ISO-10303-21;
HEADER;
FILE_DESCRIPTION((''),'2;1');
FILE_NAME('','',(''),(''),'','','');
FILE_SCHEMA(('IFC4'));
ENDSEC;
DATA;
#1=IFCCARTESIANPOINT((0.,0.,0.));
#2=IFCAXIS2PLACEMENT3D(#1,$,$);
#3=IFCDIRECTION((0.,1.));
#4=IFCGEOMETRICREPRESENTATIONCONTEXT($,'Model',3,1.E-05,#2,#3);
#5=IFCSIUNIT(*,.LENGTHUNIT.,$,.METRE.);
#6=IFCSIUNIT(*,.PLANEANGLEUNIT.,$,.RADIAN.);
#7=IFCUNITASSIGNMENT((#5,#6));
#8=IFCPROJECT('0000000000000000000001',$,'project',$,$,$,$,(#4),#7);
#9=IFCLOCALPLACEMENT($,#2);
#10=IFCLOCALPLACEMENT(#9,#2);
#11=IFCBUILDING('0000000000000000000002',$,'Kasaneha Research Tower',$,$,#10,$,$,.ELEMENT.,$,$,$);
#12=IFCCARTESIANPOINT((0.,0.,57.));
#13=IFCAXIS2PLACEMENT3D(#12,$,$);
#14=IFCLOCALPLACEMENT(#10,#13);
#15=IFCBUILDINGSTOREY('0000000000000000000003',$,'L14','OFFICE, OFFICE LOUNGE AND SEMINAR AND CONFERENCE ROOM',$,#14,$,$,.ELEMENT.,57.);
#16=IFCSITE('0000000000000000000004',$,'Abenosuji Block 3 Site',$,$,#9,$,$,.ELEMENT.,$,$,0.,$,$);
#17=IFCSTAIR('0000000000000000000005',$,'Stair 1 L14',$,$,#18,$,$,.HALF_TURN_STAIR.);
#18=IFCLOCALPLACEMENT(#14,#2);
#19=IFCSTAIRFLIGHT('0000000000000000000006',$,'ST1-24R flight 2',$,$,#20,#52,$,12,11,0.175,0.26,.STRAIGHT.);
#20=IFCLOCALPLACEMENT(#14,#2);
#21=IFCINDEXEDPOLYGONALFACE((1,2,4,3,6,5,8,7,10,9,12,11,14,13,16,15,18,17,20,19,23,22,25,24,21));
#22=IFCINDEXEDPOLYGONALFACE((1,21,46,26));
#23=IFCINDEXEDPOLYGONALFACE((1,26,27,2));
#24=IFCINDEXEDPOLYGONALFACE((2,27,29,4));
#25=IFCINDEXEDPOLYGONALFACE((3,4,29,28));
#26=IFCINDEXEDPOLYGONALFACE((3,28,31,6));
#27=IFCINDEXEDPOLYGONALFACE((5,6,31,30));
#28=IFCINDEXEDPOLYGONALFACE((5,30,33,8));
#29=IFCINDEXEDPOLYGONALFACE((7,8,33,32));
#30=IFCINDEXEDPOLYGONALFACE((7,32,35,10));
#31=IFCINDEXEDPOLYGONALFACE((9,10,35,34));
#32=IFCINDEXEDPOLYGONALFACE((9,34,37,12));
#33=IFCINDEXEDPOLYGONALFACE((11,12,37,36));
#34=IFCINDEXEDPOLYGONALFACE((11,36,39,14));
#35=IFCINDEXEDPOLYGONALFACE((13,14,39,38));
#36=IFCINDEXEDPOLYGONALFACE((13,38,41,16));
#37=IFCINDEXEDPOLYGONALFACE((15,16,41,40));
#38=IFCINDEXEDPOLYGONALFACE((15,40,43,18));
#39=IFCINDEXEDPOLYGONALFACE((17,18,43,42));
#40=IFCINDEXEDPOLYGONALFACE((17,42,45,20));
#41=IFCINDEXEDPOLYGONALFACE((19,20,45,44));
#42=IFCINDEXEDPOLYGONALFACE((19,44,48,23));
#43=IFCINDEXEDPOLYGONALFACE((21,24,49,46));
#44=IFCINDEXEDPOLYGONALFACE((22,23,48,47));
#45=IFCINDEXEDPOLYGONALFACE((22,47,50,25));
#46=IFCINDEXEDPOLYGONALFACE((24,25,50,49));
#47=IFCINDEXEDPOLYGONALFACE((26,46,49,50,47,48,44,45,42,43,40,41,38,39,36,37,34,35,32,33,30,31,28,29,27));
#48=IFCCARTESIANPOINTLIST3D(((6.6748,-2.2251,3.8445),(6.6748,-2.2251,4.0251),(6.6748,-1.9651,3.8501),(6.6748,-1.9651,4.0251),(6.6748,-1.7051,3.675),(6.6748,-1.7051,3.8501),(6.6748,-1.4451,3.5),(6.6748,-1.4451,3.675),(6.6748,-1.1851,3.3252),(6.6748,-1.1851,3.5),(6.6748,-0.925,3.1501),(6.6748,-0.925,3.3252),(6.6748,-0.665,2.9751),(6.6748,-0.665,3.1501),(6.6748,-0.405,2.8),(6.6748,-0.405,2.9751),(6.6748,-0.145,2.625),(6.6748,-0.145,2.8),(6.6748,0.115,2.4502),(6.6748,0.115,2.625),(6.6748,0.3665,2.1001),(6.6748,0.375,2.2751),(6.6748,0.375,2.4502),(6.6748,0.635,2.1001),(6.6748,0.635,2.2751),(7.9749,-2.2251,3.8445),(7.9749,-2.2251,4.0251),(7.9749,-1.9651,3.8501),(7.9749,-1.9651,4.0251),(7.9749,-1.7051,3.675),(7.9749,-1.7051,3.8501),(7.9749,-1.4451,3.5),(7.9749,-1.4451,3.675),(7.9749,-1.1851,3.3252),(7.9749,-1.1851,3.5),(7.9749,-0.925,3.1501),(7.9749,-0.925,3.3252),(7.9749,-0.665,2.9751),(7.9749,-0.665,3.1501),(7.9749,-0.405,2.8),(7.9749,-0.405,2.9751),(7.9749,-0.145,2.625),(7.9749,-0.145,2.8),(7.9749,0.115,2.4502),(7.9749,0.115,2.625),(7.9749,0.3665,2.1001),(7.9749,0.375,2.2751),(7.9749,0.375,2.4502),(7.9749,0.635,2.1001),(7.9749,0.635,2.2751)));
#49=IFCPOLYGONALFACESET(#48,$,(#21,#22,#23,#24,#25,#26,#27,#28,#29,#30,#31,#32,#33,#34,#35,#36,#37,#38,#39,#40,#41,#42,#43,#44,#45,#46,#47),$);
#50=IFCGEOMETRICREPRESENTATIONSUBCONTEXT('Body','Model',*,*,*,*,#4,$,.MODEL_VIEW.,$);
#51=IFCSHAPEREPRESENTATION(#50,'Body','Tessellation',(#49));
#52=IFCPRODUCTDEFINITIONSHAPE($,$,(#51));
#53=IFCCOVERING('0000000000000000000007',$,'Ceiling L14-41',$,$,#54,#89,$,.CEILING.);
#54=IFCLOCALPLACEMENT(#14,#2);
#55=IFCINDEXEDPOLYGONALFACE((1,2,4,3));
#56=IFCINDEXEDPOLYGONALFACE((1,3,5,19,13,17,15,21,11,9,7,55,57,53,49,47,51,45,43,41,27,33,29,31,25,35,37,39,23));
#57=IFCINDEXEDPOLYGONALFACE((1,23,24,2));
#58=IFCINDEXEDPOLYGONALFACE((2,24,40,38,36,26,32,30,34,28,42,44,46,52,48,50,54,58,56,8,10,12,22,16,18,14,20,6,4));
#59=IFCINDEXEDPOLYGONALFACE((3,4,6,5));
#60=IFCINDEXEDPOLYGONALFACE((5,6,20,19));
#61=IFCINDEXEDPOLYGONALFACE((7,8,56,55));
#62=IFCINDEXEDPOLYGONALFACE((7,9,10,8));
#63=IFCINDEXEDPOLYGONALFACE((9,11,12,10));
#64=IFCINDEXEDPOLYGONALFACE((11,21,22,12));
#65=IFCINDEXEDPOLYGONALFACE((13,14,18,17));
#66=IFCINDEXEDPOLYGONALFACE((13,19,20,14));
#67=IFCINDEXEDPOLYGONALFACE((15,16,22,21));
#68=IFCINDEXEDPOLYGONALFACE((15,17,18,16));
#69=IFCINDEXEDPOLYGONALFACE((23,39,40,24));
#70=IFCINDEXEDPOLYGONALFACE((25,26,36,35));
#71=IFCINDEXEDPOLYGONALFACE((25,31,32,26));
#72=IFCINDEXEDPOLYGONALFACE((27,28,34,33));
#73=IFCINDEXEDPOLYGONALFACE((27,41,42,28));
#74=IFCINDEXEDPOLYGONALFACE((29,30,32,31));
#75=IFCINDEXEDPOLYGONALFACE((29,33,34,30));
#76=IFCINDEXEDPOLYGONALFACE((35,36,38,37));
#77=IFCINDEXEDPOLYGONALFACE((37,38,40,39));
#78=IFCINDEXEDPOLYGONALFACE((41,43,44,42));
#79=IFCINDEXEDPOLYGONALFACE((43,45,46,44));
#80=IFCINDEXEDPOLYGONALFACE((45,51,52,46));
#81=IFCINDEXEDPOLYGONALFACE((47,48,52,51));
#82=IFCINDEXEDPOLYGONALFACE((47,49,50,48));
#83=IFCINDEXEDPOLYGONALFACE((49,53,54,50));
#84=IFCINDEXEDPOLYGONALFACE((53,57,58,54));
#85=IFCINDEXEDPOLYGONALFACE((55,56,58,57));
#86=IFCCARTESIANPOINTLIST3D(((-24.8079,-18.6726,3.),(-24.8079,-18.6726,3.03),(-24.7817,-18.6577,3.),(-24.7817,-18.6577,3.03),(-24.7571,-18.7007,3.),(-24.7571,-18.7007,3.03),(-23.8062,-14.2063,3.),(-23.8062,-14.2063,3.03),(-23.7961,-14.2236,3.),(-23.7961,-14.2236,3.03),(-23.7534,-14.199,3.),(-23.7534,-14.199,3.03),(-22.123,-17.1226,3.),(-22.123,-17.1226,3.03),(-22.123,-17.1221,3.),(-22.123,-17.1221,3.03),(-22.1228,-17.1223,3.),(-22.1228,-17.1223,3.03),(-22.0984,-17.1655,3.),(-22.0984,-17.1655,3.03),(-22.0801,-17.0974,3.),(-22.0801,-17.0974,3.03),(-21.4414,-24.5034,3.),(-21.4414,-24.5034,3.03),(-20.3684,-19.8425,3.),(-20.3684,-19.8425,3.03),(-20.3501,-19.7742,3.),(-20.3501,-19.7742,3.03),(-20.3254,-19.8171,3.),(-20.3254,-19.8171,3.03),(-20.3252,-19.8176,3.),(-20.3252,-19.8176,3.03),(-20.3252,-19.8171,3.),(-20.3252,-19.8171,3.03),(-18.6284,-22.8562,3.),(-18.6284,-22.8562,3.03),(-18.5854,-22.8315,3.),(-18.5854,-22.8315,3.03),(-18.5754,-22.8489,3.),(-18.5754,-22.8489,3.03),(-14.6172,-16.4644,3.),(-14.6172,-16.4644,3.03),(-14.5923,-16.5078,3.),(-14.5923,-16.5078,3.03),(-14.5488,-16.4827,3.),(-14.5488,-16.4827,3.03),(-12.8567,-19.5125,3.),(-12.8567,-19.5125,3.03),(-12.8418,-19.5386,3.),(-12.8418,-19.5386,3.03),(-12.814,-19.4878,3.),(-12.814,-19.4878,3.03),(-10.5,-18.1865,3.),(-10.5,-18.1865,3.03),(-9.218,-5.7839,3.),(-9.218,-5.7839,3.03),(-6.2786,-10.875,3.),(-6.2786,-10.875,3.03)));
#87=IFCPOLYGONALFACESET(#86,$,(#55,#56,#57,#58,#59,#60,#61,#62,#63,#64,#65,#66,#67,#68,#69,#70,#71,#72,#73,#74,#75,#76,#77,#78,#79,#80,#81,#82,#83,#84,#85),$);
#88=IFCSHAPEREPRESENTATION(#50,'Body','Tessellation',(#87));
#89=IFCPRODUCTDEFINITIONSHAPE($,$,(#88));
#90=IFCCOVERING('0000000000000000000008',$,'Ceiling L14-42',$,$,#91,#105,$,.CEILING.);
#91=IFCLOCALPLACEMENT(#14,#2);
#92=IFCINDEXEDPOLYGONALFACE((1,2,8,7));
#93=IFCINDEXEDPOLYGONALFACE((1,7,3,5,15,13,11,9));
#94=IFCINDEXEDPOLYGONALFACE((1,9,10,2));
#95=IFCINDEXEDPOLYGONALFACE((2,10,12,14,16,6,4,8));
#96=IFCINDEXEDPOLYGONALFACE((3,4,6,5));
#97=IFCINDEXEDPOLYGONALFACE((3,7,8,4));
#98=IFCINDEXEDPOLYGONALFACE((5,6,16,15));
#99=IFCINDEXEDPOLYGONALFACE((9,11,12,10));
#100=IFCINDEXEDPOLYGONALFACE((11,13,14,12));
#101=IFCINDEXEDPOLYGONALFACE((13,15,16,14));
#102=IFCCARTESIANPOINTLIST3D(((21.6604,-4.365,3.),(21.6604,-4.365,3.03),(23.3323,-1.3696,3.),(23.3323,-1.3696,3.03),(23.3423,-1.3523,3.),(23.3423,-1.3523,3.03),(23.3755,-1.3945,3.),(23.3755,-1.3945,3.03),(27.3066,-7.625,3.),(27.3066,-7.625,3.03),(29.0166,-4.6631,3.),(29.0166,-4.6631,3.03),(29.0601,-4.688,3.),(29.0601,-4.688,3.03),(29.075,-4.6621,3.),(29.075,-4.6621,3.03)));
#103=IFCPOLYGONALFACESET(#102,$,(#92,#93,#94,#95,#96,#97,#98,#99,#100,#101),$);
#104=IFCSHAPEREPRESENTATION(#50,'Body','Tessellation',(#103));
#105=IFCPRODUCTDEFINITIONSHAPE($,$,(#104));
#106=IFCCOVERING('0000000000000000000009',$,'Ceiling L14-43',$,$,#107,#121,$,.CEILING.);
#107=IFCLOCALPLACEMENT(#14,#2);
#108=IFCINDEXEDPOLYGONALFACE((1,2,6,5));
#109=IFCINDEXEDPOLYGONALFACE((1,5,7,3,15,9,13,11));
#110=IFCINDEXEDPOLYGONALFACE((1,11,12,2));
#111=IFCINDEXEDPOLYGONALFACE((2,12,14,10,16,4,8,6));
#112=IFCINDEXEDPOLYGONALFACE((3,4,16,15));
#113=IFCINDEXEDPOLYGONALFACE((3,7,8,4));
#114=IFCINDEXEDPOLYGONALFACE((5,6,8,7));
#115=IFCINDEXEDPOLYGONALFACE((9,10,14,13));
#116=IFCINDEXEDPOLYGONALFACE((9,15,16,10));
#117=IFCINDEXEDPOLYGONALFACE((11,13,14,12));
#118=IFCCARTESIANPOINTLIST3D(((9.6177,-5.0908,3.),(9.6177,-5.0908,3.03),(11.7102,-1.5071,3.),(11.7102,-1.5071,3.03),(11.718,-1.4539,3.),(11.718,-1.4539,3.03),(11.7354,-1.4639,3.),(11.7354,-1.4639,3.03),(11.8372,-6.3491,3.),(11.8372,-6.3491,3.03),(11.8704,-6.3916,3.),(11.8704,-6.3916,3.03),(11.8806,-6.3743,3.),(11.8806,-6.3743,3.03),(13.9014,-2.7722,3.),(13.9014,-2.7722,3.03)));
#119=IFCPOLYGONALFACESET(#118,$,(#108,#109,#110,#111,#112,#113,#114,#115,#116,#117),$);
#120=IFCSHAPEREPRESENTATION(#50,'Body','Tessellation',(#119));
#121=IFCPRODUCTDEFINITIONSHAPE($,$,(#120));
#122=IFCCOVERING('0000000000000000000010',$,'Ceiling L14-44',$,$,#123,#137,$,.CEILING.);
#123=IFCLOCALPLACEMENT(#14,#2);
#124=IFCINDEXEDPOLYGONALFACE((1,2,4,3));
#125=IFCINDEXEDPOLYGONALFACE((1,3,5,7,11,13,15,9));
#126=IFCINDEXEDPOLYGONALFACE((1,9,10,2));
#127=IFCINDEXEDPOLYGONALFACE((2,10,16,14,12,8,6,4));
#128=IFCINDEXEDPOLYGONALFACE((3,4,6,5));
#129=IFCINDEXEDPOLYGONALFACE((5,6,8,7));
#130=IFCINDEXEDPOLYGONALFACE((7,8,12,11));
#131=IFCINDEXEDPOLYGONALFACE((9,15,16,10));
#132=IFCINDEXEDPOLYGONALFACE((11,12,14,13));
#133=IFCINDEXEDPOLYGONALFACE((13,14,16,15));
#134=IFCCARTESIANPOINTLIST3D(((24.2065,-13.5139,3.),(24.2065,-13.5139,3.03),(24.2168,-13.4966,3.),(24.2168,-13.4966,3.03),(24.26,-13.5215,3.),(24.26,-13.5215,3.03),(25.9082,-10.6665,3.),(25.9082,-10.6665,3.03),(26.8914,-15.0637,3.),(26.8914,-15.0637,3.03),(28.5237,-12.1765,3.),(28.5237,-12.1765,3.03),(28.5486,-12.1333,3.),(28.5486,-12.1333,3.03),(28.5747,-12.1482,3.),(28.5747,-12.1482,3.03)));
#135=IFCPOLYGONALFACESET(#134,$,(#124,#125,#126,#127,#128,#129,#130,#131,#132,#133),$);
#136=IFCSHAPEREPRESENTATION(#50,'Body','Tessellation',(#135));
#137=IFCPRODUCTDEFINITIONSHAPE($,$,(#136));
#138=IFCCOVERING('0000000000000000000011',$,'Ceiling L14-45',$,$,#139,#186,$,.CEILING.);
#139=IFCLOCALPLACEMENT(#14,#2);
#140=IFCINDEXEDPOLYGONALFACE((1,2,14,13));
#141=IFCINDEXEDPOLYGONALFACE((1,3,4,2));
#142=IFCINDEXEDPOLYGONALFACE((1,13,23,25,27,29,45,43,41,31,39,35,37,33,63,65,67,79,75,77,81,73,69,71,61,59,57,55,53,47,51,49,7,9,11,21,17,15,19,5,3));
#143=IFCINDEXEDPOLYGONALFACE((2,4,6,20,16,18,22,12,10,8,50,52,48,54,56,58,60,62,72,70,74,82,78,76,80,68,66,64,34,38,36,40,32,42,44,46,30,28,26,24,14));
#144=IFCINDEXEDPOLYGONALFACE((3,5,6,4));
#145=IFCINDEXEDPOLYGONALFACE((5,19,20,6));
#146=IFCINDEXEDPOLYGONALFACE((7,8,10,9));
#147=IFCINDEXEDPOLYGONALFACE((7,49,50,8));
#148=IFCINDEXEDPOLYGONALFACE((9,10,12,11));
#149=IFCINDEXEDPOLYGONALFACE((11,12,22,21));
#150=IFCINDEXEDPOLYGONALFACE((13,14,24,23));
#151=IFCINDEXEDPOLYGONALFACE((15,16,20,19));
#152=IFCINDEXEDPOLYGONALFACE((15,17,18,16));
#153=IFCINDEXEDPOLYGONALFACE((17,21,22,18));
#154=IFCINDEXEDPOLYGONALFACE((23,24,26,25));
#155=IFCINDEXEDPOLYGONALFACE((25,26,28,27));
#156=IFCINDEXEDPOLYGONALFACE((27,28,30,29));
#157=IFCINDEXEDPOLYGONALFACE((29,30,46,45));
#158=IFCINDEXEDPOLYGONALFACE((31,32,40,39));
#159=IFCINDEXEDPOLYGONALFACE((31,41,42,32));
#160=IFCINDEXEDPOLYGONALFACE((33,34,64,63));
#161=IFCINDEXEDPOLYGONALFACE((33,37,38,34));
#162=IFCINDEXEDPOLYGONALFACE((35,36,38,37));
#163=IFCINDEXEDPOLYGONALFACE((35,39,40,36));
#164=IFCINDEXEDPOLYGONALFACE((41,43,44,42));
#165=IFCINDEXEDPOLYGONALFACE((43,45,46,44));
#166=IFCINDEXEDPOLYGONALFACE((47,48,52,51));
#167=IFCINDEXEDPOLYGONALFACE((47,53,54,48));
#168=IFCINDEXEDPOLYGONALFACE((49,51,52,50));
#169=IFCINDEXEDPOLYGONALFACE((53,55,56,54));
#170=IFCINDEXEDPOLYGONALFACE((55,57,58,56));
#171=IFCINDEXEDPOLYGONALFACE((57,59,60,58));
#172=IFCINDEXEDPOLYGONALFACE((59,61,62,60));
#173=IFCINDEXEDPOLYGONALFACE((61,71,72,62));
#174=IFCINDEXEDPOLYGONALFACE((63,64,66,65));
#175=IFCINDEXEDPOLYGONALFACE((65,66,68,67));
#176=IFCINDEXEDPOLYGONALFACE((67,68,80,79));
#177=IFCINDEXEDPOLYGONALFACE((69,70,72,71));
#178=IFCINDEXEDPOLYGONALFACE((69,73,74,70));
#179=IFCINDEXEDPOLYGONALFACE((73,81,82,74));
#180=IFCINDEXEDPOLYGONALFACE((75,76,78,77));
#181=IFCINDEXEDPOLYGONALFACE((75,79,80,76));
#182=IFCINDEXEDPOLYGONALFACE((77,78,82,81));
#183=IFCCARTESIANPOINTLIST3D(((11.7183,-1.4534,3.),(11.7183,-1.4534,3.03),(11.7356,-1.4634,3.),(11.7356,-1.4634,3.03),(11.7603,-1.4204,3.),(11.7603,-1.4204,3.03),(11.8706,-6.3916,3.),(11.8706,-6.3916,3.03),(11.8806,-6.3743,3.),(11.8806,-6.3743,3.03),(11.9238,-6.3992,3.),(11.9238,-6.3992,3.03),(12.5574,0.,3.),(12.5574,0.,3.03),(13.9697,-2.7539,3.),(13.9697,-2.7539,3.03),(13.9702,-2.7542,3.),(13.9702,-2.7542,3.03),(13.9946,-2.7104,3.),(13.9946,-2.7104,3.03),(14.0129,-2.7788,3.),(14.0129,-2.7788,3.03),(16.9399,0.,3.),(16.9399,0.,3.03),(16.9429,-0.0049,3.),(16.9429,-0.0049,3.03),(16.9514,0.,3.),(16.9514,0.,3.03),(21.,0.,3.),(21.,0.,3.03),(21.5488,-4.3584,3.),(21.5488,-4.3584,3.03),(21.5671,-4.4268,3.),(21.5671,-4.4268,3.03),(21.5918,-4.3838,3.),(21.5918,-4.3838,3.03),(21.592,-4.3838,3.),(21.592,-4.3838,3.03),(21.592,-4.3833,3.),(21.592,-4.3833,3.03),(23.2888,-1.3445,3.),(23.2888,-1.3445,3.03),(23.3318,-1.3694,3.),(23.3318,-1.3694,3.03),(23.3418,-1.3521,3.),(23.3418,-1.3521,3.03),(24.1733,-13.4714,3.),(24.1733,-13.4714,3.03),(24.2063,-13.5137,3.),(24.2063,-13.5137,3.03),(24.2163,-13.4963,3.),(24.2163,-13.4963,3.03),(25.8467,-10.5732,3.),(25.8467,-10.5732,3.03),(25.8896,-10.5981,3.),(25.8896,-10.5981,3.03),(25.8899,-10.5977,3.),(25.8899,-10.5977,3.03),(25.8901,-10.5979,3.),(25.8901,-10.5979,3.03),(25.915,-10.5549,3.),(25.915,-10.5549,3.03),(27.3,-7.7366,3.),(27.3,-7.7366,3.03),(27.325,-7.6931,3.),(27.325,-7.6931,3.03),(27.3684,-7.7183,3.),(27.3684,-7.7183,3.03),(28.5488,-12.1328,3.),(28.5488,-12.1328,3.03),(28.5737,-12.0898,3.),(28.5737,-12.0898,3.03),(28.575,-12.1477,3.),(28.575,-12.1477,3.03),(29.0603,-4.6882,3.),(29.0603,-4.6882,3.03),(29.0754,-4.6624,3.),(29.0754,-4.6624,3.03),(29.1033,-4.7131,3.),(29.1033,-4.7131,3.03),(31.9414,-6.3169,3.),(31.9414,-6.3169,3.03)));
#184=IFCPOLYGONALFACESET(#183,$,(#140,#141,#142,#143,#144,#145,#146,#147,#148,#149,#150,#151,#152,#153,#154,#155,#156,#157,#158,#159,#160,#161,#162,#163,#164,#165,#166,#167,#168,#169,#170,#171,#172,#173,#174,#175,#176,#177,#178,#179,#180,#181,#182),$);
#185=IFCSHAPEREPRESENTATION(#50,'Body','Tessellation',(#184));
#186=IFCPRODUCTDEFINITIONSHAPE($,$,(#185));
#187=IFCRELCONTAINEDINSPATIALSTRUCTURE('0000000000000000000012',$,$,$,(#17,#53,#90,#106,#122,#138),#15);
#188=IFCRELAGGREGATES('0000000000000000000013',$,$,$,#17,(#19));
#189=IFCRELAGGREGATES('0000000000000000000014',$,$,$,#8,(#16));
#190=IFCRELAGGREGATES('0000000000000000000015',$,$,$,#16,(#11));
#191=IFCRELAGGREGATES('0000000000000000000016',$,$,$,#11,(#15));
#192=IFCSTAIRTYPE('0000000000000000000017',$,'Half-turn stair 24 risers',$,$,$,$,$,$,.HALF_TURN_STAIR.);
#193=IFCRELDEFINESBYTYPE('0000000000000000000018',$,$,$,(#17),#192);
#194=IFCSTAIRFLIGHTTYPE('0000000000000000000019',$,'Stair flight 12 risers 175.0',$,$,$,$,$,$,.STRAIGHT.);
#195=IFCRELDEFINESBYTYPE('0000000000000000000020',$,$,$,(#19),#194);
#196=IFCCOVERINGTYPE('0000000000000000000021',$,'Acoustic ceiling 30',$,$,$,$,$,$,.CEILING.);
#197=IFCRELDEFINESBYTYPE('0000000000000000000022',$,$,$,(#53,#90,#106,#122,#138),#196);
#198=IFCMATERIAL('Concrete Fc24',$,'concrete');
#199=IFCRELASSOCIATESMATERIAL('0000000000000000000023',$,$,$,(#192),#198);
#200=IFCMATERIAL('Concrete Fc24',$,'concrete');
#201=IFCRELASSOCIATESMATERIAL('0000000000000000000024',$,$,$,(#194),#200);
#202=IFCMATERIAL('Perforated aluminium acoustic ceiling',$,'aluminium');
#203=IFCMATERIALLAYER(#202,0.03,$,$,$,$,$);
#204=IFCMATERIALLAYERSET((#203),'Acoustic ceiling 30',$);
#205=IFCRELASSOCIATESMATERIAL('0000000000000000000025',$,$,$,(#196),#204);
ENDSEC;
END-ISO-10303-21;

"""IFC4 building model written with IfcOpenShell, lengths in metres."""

from ifc_helpers import new_model, si_unit, direction, frame, origin, place, context, subcontext, project, spatial, polyline, outline, extrude, material, layer, layer_set, type_object, element, aggregate, save


model = new_model("IFC4")

# Units and contexts
model_context = context("Model", 3, precision=1e-05, world=origin(), true_north=direction((0.0, 1.0)))
body_context = subcontext(model_context, "Body", "Model", "MODEL_VIEW")
ifc_project = project(units=[si_unit("LENGTHUNIT", "METRE"), si_unit("PLANEANGLEUNIT", "RADIAN")], contexts=[model_context])

# Site, building, storey
site_placement = place(None, origin())
site = spatial("IfcSite", under=ifc_project, at=site_placement, Name="Abenosuji Block 3 Site", CompositionType="ELEMENT", RefElevation=0.0)
building_placement = place(site_placement, origin())
building = spatial("IfcBuilding", under=site, at=building_placement, Name="Kasaneha Research Tower", CompositionType="ELEMENT")
storey_placement = place(building_placement, frame((0.0, 0.0, 57.0)))
storey = spatial("IfcBuildingStorey", under=building, at=storey_placement, Name="L14", Description="OFFICE, OFFICE LOUNGE AND SEMINAR AND CONFERENCE ROOM", CompositionType="ELEMENT", Elevation=57.0)

# Stair
ifc_material_1 = material(Name="Concrete Fc24", Category="concrete")
stair_type = type_object("IfcStairType", Name="Half-turn stair 24 risers", PredefinedType="HALF_TURN_STAIR", material=ifc_material_1)
stair_1_placement = place(storey_placement, origin())
stair_1 = element("IfcStair", 1, at=stair_1_placement, inside=storey, type_object=stair_type, Name="Stair 1 L14", PredefinedType="HALF_TURN_STAIR")

# Stair flight
ifc_material_2 = material(Name="Concrete Fc24", Category="concrete")
stair_flight_type = type_object("IfcStairFlightType", Name="Stair flight 12 risers 175.0", PredefinedType="STRAIGHT", material=ifc_material_2)
stair_flight_placement = place(storey_placement, frame((7.325, 0.635, 2.1001), z_axis=(0.0, 0.0, 1.0), x_axis=(0.0, -1.0, 0.0)))
stair_flight = element("IfcStairFlight", 2, at=stair_flight_placement, type_object=stair_flight_type, Name="ST1-24R flight 2", NumberOfRisers=12, NumberOfTreads=11, PredefinedType="STRAIGHT", RiserHeight=0.175, TreadLength=0.26, context=body_context, shape_type="SweptSolid", body=[
    extrude(outline(polyline([(0.0, 0.0), (0.0, 0.175), (0.26, 0.175), (0.26, 0.3501), (0.52, 0.3501), (0.52, 0.5249), (0.78, 0.5249), (0.78, 0.7), (1.04, 0.7), (1.04, 0.875), (1.3, 0.875), (1.3, 1.05), (1.5601, 1.05), (1.5601, 1.2251), (1.8201, 1.2251), (1.8201, 1.3999), (2.0801, 1.3999), (2.0801, 1.575), (2.3401, 1.575), (2.3401, 1.75), (2.6001, 1.75), (2.6001, 1.925), (2.8601, 1.925), (2.8601, 2.1001), (2.8601, 1.7444), (0.2686, 0.0), (0.0, 0.0)])), frame((0.0, 0.6499, 0.0), z_axis=(0.0, -1.0, 0.0), x_axis=(1.0, 0.0, 0.0)), (0.0, 0.0, 1.0), 1.3),
])
aggregate(stair_1, [stair_flight])

# Coverings
ifc_material_3 = material(Name="Perforated aluminium acoustic ceiling", Category="aluminium")
ifc_layer_1 = layer(ifc_material_3, 0.03)
ifc_layer_set_1 = layer_set([ifc_layer_1], Name="Acoustic ceiling 30")
covering_type = type_object("IfcCoveringType", Name="Acoustic ceiling 30", PredefinedType="CEILING", material=ifc_layer_set_1)
covering_1_placement = place(storey_placement, frame((0.0, 0.0, 3.0)))
element("IfcCovering", 3, at=covering_1_placement, inside=storey, type_object=covering_type, Name="Ceiling L14-41", PredefinedType="CEILING", context=body_context, shape_type="SweptSolid", body=[
    extrude(outline(polyline([(-10.5, -18.1865), (-12.8418, -19.5386), (-12.8567, -19.5125), (-12.814, -19.4878), (-14.5488, -16.4827), (-14.5923, -16.5078), (-14.6172, -16.4644), (-20.3501, -19.7742), (-20.3252, -19.8171), (-20.3254, -19.8171), (-20.3252, -19.8176), (-20.3684, -19.8425), (-18.6284, -22.8562), (-18.5854, -22.8315), (-18.5754, -22.8489), (-21.4414, -24.5034), (-24.8079, -18.6726), (-24.7817, -18.6577), (-24.7571, -18.7007), (-22.0984, -17.1655), (-22.123, -17.1226), (-22.1228, -17.1223), (-22.123, -17.1221), (-22.0801, -17.0974), (-23.7534, -14.199), (-23.7961, -14.2236), (-23.8062, -14.2063), (-9.218, -5.7839), (-6.2786, -10.875), (-10.5, -18.1865)])), origin(), (0.0, 0.0, 1.0), 0.03),
])
covering_2_placement = place(storey_placement, frame((0.0, 0.0, 3.0)))
element("IfcCovering", 4, at=covering_2_placement, inside=storey, type_object=covering_type, Name="Ceiling L14-42", PredefinedType="CEILING", context=body_context, shape_type="SweptSolid", body=[
    extrude(outline(polyline([(29.075, -4.6621), (29.0601, -4.688), (29.0166, -4.6631), (27.3066, -7.625), (21.6604, -4.365), (23.3755, -1.3945), (23.3323, -1.3696), (23.3423, -1.3523), (29.075, -4.6621)])), origin(), (0.0, 0.0, 1.0), 0.03),
])
covering_3_placement = place(storey_placement, frame((0.0, 0.0, 3.0)))
element("IfcCovering", 5, at=covering_3_placement, inside=storey, type_object=covering_type, Name="Ceiling L14-43", PredefinedType="CEILING", context=body_context, shape_type="SweptSolid", body=[
    extrude(outline(polyline([(11.7354, -1.4639), (11.7102, -1.5071), (13.9014, -2.7722), (11.8372, -6.3491), (11.8806, -6.3743), (11.8704, -6.3916), (9.6177, -5.0908), (11.718, -1.4539), (11.7354, -1.4639)])), origin(), (0.0, 0.0, 1.0), 0.03),
])
covering_4_placement = place(storey_placement, frame((0.0, 0.0, 3.0)))
element("IfcCovering", 6, at=covering_4_placement, inside=storey, type_object=covering_type, Name="Ceiling L14-44", PredefinedType="CEILING", context=body_context, shape_type="SweptSolid", body=[
    extrude(outline(polyline([(24.2065, -13.5139), (24.2168, -13.4966), (24.26, -13.5215), (25.9082, -10.6665), (28.5237, -12.1765), (28.5486, -12.1333), (28.5747, -12.1482), (26.8914, -15.0637), (24.2065, -13.5139)])), origin(), (0.0, 0.0, 1.0), 0.03),
])
covering_5_placement = place(storey_placement, frame((0.0, 0.0, 3.0)))
element("IfcCovering", 7, at=covering_5_placement, inside=storey, type_object=covering_type, Name="Ceiling L14-45", PredefinedType="CEILING", context=body_context, shape_type="SweptSolid", body=[
    extrude(outline(polyline([(12.5574, 0.0), (16.9399, 0.0), (16.9429, -0.0049), (16.9514, 0.0), (21.0, 0.0), (23.3418, -1.3521), (23.3318, -1.3694), (23.2888, -1.3445), (21.5488, -4.3584), (21.592, -4.3833), (21.5918, -4.3838), (21.592, -4.3838), (21.5671, -4.4268), (27.3, -7.7366), (27.325, -7.6931), (27.3684, -7.7183), (29.1033, -4.7131), (29.0603, -4.6882), (29.0754, -4.6624), (31.9414, -6.3169), (28.575, -12.1477), (28.5488, -12.1328), (28.5737, -12.0898), (25.915, -10.5549), (25.8901, -10.5979), (25.8899, -10.5977), (25.8896, -10.5981), (25.8467, -10.5732), (24.1733, -13.4714), (24.2163, -13.4963), (24.2063, -13.5137), (11.8706, -6.3916), (11.8806, -6.3743), (11.9238, -6.3992), (14.0129, -2.7788), (13.9702, -2.7542), (13.9702, -2.7542), (13.9697, -2.7539), (13.9946, -2.7104), (11.7603, -1.4204), (11.7356, -1.4634), (11.7183, -1.4534), (12.5574, 0.0)])), origin(), (0.0, 0.0, 1.0), 0.03),
])

save(model, "model.ifc")
